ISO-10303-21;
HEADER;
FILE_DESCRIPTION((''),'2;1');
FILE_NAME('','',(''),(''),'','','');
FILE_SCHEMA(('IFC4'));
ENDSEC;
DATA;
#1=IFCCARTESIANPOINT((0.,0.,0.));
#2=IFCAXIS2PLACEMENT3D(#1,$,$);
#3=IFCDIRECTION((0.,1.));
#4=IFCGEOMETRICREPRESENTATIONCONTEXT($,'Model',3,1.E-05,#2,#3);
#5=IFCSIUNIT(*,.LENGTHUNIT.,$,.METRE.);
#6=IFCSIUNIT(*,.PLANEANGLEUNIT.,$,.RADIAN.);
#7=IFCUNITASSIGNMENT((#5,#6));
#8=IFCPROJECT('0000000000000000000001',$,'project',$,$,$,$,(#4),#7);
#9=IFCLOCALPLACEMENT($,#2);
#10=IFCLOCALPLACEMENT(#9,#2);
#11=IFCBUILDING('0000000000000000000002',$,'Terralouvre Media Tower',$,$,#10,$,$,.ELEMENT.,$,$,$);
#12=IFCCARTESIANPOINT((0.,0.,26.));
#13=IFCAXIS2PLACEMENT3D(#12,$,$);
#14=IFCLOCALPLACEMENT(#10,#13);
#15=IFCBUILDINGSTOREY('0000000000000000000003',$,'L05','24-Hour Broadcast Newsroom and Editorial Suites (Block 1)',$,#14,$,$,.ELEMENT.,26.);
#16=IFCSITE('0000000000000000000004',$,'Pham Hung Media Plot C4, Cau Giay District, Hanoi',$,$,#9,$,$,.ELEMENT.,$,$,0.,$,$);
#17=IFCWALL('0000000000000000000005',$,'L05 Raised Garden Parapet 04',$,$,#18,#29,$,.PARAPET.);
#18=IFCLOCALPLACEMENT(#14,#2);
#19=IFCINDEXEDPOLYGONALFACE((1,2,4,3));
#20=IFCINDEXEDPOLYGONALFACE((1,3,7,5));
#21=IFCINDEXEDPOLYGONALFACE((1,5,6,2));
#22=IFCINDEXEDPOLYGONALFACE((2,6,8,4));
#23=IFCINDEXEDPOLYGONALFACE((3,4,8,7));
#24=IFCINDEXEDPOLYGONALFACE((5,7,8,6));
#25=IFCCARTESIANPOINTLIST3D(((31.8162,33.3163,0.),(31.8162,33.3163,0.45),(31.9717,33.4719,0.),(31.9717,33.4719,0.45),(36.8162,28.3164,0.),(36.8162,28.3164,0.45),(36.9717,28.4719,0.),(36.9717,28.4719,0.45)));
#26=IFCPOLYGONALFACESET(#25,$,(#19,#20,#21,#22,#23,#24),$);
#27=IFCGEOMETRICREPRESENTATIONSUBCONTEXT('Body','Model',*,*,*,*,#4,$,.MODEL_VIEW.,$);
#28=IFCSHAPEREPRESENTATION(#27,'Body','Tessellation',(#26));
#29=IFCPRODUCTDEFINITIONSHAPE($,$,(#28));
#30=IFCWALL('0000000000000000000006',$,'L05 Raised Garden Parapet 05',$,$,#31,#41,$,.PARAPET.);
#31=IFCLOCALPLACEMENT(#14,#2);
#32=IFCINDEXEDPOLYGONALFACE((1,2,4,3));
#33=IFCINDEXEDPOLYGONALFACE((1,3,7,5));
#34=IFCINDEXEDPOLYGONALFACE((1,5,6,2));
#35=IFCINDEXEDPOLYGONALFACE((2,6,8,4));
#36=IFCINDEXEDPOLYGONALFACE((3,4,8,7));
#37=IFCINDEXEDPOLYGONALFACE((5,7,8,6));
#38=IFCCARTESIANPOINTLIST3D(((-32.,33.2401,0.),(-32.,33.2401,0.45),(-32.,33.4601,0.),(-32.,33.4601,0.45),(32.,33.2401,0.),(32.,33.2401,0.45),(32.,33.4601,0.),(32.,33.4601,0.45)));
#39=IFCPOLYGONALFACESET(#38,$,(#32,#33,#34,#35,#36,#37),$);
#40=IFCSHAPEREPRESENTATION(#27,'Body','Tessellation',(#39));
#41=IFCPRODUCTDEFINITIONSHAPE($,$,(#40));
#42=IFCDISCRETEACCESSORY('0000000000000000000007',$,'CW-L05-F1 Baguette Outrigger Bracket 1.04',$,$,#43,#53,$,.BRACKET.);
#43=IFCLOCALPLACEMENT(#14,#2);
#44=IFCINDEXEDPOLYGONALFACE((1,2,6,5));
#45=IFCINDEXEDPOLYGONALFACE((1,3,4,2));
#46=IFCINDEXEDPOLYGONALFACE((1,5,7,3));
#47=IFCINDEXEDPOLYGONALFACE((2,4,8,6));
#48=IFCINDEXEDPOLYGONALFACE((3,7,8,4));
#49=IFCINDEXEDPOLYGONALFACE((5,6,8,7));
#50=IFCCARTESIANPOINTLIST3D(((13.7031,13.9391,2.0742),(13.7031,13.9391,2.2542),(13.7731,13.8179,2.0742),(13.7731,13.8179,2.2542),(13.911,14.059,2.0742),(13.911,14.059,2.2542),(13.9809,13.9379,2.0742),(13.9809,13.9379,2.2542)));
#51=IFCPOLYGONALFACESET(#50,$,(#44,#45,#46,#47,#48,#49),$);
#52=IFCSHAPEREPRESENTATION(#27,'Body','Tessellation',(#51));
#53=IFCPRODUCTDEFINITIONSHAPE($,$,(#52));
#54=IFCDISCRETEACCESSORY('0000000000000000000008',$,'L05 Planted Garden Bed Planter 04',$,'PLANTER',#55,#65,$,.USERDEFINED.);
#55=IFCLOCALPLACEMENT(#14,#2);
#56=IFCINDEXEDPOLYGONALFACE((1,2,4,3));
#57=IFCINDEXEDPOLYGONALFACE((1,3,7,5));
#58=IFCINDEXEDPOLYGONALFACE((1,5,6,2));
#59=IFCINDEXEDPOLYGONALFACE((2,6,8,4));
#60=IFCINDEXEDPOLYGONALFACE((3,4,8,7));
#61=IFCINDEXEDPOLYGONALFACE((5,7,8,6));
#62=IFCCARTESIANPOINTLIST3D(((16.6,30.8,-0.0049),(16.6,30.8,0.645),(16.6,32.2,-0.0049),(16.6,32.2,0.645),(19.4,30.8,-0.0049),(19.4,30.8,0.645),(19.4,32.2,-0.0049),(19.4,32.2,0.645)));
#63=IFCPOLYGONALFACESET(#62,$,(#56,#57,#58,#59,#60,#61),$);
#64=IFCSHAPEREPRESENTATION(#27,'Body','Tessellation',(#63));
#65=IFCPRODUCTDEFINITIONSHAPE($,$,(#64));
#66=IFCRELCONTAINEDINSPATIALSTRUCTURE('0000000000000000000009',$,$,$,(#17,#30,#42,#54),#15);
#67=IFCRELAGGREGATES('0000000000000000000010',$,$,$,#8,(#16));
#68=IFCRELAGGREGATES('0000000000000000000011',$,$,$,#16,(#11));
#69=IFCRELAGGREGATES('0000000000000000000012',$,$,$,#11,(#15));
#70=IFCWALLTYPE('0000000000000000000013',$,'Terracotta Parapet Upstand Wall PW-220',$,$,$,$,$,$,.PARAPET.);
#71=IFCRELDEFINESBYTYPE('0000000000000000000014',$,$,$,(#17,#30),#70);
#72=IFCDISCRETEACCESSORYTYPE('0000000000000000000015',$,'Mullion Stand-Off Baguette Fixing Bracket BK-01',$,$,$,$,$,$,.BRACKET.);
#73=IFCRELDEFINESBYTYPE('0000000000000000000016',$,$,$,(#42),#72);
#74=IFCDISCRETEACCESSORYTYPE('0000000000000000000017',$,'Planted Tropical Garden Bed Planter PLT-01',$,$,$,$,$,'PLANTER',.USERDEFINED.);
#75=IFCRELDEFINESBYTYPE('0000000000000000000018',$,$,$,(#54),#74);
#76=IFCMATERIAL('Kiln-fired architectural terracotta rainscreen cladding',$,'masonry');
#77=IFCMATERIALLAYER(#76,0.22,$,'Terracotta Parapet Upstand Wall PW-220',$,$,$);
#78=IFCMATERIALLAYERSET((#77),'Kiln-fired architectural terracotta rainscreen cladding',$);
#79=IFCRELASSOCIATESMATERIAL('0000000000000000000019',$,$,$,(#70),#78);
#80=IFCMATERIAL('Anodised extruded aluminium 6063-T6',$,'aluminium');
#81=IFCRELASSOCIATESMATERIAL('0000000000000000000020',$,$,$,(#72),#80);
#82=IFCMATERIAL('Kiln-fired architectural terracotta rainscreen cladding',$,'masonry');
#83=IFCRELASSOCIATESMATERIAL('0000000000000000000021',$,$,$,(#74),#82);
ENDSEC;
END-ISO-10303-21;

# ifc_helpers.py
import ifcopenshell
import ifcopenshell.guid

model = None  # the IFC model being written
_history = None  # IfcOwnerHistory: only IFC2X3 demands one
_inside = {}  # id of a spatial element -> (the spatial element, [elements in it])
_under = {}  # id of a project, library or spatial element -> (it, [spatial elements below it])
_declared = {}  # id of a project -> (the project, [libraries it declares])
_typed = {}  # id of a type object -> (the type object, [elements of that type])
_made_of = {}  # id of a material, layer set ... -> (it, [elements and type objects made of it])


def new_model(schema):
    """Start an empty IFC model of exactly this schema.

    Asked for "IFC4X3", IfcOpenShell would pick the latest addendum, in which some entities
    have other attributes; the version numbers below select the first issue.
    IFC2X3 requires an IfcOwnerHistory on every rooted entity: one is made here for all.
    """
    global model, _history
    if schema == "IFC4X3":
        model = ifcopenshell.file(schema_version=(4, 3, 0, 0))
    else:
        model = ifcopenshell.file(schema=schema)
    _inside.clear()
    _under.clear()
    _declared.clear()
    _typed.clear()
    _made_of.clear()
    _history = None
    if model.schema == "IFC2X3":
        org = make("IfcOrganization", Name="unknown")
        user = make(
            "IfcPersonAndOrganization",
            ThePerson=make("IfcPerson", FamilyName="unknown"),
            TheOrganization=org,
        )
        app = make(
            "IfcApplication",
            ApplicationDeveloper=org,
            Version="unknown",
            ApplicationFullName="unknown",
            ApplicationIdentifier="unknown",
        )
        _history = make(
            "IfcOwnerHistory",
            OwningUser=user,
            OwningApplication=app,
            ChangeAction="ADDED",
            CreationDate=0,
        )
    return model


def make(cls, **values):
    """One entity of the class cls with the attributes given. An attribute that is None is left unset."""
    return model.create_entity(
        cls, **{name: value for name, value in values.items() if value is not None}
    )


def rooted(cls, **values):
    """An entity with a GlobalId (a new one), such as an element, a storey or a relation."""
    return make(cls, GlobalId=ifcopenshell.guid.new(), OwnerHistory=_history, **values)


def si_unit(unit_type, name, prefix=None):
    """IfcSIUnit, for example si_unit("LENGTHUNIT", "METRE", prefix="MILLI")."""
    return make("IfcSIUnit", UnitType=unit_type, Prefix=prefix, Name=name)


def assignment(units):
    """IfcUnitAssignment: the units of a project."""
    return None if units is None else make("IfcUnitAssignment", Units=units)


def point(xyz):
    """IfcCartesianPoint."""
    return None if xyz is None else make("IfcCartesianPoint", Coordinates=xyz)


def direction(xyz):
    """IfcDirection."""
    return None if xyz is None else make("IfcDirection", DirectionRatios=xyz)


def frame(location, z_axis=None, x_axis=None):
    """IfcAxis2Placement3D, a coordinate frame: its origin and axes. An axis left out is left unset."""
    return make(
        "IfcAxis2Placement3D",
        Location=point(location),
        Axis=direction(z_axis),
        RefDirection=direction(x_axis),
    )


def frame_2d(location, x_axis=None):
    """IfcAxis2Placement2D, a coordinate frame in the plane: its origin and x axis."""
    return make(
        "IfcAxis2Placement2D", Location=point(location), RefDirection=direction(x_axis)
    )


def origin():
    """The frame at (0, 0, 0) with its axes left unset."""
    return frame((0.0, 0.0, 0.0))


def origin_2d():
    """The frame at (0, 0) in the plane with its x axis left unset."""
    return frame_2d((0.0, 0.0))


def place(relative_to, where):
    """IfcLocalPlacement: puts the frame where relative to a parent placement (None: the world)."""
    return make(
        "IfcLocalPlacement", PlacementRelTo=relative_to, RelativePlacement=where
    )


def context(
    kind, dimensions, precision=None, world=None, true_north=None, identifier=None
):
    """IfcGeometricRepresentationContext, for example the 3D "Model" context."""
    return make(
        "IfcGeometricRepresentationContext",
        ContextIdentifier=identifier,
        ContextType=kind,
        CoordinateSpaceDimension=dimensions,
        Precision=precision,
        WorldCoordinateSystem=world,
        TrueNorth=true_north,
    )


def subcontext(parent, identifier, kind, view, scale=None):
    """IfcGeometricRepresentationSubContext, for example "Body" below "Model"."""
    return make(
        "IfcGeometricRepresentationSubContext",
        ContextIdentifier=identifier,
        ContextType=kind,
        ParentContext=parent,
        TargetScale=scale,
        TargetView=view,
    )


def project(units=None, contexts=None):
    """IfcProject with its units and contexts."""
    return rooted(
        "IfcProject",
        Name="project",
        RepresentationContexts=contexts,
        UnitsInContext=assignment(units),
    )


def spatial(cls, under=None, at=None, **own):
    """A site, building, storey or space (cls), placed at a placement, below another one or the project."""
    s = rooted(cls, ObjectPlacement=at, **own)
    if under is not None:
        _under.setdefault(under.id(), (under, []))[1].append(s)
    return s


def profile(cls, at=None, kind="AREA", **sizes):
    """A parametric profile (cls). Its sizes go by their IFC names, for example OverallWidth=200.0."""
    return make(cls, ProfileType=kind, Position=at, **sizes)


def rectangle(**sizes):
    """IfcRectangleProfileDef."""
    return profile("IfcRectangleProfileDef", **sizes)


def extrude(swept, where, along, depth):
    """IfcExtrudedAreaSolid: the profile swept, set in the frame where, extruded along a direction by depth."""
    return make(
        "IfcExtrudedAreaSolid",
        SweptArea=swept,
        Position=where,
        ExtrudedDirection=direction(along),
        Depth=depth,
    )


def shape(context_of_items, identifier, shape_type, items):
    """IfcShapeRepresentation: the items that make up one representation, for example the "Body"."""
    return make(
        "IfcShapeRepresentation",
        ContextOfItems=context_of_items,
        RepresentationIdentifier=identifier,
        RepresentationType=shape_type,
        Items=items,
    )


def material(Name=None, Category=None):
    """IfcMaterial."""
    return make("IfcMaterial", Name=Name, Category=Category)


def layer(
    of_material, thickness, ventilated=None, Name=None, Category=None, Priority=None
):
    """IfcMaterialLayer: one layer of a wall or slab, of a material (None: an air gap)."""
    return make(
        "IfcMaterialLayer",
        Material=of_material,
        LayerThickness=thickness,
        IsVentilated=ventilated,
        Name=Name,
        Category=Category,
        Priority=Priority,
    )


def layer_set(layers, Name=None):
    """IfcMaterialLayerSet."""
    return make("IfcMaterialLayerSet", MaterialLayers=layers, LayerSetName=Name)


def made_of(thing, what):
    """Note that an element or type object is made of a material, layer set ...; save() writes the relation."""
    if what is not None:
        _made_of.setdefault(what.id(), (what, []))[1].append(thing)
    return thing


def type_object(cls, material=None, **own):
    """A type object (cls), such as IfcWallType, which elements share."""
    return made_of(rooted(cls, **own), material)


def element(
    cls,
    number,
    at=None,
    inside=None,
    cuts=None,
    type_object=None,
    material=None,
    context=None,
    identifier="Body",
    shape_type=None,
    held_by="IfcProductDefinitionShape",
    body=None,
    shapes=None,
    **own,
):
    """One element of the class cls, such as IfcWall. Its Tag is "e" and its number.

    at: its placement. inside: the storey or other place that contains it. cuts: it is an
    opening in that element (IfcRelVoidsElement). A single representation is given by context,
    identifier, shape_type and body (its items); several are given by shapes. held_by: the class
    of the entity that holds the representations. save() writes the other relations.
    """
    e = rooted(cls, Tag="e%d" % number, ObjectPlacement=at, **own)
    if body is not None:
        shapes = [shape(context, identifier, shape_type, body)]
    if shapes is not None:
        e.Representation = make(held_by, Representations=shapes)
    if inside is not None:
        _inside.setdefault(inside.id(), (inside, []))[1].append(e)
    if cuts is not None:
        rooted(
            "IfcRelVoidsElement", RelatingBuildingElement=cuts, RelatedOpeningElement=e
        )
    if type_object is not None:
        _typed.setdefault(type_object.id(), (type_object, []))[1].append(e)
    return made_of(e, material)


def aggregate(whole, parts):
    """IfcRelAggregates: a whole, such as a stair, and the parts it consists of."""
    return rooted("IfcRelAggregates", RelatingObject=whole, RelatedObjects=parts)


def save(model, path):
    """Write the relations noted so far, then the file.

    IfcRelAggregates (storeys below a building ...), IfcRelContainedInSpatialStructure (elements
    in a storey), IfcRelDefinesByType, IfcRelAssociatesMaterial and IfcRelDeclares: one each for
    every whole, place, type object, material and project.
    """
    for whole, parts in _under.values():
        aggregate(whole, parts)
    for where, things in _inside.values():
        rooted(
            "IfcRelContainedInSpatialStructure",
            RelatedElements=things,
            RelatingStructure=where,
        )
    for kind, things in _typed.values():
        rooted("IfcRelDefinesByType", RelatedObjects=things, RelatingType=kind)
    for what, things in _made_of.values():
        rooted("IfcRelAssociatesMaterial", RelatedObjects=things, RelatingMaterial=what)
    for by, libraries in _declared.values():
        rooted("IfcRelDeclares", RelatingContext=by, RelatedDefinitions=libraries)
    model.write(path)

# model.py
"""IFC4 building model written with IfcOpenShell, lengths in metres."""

from ifc_helpers import new_model, si_unit, direction, frame, frame_2d, origin, origin_2d, place, context, subcontext, project, spatial, rectangle, extrude, material, layer, layer_set, type_object, element, save


model = new_model("IFC4")

# Units and contexts
model_context = context("Model", 3, precision=1e-05, world=origin(), true_north=direction((0.0, 1.0)))
body_context = subcontext(model_context, "Body", "Model", "MODEL_VIEW")
ifc_project = project(units=[si_unit("LENGTHUNIT", "METRE"), si_unit("PLANEANGLEUNIT", "RADIAN")], contexts=[model_context])

# Site, building, storey
site_placement = place(None, origin())
site = spatial("IfcSite", under=ifc_project, at=site_placement, Name="Pham Hung Media Plot C4, Cau Giay District, Hanoi", CompositionType="ELEMENT", RefElevation=0.0)
building_placement = place(site_placement, origin())
building = spatial("IfcBuilding", under=site, at=building_placement, Name="Terralouvre Media Tower", CompositionType="ELEMENT")
storey_placement = place(building_placement, frame((0.0, 0.0, 26.0)))
storey = spatial("IfcBuildingStorey", under=building, at=storey_placement, Name="L05", Description="24-Hour Broadcast Newsroom and Editorial Suites (Block 1)", CompositionType="ELEMENT", Elevation=26.0)

# Walls
ifc_material_1 = material(Name="Kiln-fired architectural terracotta rainscreen cladding", Category="masonry")
ifc_layer_1 = layer(ifc_material_1, 0.22, Name="Terracotta Parapet Upstand Wall PW-220")
ifc_layer_set_1 = layer_set([ifc_layer_1], Name="Kiln-fired architectural terracotta rainscreen cladding")
wall_type_1 = type_object("IfcWallType", Name="Terracotta Parapet Upstand Wall PW-220", PredefinedType="PARAPET", material=ifc_layer_set_1)
wall_1_placement = place(storey_placement, frame((36.894, 28.394, 0.0), z_axis=(0.0, 0.0, 1.0), x_axis=(-0.707107, 0.707107, 0.0)))
element("IfcWall", 1, at=wall_1_placement, inside=storey, type_object=wall_type_1, Name="L05 Raised Garden Parapet 04", PredefinedType="PARAPET", context=body_context, shape_type="SweptSolid", body=[
    extrude(rectangle(XDim=7.071, YDim=0.22, at=frame_2d((3.5356, 0.0))), origin(), (0.0, 0.0, 1.0), 0.45),
])
wall_2_placement = place(storey_placement, frame((32.0, 33.3501, 0.0), z_axis=(0.0, 0.0, 1.0), x_axis=(-1.0, 0.0, 0.0)))
element("IfcWall", 2, at=wall_2_placement, inside=storey, type_object=wall_type_1, Name="L05 Raised Garden Parapet 05", PredefinedType="PARAPET", context=body_context, shape_type="SweptSolid", body=[
    extrude(rectangle(XDim=64.0, YDim=0.22, at=frame_2d((32.0, 0.0))), origin(), (0.0, 0.0, 1.0), 0.45),
])

# Discrete accessories
ifc_material_2 = material(Name="Anodised extruded aluminium 6063-T6", Category="aluminium")
discrete_accessory_type_1 = type_object("IfcDiscreteAccessoryType", Name="Mullion Stand-Off Baguette Fixing Bracket BK-01", PredefinedType="BRACKET", material=ifc_material_2)
discrete_accessory_1_placement = place(storey_placement, frame((13.842, 13.9385, 2.0742), z_axis=(0.0, 0.0, 1.0), x_axis=(-0.5, 0.866025, 0.0)))
element("IfcDiscreteAccessory", 3, at=discrete_accessory_1_placement, inside=storey, type_object=discrete_accessory_type_1, Name="CW-L05-F1 Baguette Outrigger Bracket 1.04", PredefinedType="BRACKET", context=body_context, shape_type="SweptSolid", body=[
    extrude(rectangle(XDim=0.1399, YDim=0.24, at=origin_2d()), origin(), (0.0, 0.0, 1.0), 0.1799),
])
ifc_material_3 = material(Name="Kiln-fired architectural terracotta rainscreen cladding", Category="masonry")
discrete_accessory_type_2 = type_object("IfcDiscreteAccessoryType", Name="Planted Tropical Garden Bed Planter PLT-01", ElementType="PLANTER", PredefinedType="USERDEFINED", material=ifc_material_3)
discrete_accessory_2_placement = place(storey_placement, frame((18.0, 31.5, -0.0049), z_axis=(0.0, 0.0, 1.0), x_axis=(1.0, 0.0, 0.0)))
element("IfcDiscreteAccessory", 4, at=discrete_accessory_2_placement, inside=storey, type_object=discrete_accessory_type_2, Name="L05 Planted Garden Bed Planter 04", ObjectType="PLANTER", PredefinedType="USERDEFINED", context=body_context, shape_type="SweptSolid", body=[
    extrude(rectangle(XDim=2.8, YDim=1.3999, at=origin_2d()), origin(), (0.0, 0.0, 1.0), 0.6499),
])

save(model, "model.ifc")
